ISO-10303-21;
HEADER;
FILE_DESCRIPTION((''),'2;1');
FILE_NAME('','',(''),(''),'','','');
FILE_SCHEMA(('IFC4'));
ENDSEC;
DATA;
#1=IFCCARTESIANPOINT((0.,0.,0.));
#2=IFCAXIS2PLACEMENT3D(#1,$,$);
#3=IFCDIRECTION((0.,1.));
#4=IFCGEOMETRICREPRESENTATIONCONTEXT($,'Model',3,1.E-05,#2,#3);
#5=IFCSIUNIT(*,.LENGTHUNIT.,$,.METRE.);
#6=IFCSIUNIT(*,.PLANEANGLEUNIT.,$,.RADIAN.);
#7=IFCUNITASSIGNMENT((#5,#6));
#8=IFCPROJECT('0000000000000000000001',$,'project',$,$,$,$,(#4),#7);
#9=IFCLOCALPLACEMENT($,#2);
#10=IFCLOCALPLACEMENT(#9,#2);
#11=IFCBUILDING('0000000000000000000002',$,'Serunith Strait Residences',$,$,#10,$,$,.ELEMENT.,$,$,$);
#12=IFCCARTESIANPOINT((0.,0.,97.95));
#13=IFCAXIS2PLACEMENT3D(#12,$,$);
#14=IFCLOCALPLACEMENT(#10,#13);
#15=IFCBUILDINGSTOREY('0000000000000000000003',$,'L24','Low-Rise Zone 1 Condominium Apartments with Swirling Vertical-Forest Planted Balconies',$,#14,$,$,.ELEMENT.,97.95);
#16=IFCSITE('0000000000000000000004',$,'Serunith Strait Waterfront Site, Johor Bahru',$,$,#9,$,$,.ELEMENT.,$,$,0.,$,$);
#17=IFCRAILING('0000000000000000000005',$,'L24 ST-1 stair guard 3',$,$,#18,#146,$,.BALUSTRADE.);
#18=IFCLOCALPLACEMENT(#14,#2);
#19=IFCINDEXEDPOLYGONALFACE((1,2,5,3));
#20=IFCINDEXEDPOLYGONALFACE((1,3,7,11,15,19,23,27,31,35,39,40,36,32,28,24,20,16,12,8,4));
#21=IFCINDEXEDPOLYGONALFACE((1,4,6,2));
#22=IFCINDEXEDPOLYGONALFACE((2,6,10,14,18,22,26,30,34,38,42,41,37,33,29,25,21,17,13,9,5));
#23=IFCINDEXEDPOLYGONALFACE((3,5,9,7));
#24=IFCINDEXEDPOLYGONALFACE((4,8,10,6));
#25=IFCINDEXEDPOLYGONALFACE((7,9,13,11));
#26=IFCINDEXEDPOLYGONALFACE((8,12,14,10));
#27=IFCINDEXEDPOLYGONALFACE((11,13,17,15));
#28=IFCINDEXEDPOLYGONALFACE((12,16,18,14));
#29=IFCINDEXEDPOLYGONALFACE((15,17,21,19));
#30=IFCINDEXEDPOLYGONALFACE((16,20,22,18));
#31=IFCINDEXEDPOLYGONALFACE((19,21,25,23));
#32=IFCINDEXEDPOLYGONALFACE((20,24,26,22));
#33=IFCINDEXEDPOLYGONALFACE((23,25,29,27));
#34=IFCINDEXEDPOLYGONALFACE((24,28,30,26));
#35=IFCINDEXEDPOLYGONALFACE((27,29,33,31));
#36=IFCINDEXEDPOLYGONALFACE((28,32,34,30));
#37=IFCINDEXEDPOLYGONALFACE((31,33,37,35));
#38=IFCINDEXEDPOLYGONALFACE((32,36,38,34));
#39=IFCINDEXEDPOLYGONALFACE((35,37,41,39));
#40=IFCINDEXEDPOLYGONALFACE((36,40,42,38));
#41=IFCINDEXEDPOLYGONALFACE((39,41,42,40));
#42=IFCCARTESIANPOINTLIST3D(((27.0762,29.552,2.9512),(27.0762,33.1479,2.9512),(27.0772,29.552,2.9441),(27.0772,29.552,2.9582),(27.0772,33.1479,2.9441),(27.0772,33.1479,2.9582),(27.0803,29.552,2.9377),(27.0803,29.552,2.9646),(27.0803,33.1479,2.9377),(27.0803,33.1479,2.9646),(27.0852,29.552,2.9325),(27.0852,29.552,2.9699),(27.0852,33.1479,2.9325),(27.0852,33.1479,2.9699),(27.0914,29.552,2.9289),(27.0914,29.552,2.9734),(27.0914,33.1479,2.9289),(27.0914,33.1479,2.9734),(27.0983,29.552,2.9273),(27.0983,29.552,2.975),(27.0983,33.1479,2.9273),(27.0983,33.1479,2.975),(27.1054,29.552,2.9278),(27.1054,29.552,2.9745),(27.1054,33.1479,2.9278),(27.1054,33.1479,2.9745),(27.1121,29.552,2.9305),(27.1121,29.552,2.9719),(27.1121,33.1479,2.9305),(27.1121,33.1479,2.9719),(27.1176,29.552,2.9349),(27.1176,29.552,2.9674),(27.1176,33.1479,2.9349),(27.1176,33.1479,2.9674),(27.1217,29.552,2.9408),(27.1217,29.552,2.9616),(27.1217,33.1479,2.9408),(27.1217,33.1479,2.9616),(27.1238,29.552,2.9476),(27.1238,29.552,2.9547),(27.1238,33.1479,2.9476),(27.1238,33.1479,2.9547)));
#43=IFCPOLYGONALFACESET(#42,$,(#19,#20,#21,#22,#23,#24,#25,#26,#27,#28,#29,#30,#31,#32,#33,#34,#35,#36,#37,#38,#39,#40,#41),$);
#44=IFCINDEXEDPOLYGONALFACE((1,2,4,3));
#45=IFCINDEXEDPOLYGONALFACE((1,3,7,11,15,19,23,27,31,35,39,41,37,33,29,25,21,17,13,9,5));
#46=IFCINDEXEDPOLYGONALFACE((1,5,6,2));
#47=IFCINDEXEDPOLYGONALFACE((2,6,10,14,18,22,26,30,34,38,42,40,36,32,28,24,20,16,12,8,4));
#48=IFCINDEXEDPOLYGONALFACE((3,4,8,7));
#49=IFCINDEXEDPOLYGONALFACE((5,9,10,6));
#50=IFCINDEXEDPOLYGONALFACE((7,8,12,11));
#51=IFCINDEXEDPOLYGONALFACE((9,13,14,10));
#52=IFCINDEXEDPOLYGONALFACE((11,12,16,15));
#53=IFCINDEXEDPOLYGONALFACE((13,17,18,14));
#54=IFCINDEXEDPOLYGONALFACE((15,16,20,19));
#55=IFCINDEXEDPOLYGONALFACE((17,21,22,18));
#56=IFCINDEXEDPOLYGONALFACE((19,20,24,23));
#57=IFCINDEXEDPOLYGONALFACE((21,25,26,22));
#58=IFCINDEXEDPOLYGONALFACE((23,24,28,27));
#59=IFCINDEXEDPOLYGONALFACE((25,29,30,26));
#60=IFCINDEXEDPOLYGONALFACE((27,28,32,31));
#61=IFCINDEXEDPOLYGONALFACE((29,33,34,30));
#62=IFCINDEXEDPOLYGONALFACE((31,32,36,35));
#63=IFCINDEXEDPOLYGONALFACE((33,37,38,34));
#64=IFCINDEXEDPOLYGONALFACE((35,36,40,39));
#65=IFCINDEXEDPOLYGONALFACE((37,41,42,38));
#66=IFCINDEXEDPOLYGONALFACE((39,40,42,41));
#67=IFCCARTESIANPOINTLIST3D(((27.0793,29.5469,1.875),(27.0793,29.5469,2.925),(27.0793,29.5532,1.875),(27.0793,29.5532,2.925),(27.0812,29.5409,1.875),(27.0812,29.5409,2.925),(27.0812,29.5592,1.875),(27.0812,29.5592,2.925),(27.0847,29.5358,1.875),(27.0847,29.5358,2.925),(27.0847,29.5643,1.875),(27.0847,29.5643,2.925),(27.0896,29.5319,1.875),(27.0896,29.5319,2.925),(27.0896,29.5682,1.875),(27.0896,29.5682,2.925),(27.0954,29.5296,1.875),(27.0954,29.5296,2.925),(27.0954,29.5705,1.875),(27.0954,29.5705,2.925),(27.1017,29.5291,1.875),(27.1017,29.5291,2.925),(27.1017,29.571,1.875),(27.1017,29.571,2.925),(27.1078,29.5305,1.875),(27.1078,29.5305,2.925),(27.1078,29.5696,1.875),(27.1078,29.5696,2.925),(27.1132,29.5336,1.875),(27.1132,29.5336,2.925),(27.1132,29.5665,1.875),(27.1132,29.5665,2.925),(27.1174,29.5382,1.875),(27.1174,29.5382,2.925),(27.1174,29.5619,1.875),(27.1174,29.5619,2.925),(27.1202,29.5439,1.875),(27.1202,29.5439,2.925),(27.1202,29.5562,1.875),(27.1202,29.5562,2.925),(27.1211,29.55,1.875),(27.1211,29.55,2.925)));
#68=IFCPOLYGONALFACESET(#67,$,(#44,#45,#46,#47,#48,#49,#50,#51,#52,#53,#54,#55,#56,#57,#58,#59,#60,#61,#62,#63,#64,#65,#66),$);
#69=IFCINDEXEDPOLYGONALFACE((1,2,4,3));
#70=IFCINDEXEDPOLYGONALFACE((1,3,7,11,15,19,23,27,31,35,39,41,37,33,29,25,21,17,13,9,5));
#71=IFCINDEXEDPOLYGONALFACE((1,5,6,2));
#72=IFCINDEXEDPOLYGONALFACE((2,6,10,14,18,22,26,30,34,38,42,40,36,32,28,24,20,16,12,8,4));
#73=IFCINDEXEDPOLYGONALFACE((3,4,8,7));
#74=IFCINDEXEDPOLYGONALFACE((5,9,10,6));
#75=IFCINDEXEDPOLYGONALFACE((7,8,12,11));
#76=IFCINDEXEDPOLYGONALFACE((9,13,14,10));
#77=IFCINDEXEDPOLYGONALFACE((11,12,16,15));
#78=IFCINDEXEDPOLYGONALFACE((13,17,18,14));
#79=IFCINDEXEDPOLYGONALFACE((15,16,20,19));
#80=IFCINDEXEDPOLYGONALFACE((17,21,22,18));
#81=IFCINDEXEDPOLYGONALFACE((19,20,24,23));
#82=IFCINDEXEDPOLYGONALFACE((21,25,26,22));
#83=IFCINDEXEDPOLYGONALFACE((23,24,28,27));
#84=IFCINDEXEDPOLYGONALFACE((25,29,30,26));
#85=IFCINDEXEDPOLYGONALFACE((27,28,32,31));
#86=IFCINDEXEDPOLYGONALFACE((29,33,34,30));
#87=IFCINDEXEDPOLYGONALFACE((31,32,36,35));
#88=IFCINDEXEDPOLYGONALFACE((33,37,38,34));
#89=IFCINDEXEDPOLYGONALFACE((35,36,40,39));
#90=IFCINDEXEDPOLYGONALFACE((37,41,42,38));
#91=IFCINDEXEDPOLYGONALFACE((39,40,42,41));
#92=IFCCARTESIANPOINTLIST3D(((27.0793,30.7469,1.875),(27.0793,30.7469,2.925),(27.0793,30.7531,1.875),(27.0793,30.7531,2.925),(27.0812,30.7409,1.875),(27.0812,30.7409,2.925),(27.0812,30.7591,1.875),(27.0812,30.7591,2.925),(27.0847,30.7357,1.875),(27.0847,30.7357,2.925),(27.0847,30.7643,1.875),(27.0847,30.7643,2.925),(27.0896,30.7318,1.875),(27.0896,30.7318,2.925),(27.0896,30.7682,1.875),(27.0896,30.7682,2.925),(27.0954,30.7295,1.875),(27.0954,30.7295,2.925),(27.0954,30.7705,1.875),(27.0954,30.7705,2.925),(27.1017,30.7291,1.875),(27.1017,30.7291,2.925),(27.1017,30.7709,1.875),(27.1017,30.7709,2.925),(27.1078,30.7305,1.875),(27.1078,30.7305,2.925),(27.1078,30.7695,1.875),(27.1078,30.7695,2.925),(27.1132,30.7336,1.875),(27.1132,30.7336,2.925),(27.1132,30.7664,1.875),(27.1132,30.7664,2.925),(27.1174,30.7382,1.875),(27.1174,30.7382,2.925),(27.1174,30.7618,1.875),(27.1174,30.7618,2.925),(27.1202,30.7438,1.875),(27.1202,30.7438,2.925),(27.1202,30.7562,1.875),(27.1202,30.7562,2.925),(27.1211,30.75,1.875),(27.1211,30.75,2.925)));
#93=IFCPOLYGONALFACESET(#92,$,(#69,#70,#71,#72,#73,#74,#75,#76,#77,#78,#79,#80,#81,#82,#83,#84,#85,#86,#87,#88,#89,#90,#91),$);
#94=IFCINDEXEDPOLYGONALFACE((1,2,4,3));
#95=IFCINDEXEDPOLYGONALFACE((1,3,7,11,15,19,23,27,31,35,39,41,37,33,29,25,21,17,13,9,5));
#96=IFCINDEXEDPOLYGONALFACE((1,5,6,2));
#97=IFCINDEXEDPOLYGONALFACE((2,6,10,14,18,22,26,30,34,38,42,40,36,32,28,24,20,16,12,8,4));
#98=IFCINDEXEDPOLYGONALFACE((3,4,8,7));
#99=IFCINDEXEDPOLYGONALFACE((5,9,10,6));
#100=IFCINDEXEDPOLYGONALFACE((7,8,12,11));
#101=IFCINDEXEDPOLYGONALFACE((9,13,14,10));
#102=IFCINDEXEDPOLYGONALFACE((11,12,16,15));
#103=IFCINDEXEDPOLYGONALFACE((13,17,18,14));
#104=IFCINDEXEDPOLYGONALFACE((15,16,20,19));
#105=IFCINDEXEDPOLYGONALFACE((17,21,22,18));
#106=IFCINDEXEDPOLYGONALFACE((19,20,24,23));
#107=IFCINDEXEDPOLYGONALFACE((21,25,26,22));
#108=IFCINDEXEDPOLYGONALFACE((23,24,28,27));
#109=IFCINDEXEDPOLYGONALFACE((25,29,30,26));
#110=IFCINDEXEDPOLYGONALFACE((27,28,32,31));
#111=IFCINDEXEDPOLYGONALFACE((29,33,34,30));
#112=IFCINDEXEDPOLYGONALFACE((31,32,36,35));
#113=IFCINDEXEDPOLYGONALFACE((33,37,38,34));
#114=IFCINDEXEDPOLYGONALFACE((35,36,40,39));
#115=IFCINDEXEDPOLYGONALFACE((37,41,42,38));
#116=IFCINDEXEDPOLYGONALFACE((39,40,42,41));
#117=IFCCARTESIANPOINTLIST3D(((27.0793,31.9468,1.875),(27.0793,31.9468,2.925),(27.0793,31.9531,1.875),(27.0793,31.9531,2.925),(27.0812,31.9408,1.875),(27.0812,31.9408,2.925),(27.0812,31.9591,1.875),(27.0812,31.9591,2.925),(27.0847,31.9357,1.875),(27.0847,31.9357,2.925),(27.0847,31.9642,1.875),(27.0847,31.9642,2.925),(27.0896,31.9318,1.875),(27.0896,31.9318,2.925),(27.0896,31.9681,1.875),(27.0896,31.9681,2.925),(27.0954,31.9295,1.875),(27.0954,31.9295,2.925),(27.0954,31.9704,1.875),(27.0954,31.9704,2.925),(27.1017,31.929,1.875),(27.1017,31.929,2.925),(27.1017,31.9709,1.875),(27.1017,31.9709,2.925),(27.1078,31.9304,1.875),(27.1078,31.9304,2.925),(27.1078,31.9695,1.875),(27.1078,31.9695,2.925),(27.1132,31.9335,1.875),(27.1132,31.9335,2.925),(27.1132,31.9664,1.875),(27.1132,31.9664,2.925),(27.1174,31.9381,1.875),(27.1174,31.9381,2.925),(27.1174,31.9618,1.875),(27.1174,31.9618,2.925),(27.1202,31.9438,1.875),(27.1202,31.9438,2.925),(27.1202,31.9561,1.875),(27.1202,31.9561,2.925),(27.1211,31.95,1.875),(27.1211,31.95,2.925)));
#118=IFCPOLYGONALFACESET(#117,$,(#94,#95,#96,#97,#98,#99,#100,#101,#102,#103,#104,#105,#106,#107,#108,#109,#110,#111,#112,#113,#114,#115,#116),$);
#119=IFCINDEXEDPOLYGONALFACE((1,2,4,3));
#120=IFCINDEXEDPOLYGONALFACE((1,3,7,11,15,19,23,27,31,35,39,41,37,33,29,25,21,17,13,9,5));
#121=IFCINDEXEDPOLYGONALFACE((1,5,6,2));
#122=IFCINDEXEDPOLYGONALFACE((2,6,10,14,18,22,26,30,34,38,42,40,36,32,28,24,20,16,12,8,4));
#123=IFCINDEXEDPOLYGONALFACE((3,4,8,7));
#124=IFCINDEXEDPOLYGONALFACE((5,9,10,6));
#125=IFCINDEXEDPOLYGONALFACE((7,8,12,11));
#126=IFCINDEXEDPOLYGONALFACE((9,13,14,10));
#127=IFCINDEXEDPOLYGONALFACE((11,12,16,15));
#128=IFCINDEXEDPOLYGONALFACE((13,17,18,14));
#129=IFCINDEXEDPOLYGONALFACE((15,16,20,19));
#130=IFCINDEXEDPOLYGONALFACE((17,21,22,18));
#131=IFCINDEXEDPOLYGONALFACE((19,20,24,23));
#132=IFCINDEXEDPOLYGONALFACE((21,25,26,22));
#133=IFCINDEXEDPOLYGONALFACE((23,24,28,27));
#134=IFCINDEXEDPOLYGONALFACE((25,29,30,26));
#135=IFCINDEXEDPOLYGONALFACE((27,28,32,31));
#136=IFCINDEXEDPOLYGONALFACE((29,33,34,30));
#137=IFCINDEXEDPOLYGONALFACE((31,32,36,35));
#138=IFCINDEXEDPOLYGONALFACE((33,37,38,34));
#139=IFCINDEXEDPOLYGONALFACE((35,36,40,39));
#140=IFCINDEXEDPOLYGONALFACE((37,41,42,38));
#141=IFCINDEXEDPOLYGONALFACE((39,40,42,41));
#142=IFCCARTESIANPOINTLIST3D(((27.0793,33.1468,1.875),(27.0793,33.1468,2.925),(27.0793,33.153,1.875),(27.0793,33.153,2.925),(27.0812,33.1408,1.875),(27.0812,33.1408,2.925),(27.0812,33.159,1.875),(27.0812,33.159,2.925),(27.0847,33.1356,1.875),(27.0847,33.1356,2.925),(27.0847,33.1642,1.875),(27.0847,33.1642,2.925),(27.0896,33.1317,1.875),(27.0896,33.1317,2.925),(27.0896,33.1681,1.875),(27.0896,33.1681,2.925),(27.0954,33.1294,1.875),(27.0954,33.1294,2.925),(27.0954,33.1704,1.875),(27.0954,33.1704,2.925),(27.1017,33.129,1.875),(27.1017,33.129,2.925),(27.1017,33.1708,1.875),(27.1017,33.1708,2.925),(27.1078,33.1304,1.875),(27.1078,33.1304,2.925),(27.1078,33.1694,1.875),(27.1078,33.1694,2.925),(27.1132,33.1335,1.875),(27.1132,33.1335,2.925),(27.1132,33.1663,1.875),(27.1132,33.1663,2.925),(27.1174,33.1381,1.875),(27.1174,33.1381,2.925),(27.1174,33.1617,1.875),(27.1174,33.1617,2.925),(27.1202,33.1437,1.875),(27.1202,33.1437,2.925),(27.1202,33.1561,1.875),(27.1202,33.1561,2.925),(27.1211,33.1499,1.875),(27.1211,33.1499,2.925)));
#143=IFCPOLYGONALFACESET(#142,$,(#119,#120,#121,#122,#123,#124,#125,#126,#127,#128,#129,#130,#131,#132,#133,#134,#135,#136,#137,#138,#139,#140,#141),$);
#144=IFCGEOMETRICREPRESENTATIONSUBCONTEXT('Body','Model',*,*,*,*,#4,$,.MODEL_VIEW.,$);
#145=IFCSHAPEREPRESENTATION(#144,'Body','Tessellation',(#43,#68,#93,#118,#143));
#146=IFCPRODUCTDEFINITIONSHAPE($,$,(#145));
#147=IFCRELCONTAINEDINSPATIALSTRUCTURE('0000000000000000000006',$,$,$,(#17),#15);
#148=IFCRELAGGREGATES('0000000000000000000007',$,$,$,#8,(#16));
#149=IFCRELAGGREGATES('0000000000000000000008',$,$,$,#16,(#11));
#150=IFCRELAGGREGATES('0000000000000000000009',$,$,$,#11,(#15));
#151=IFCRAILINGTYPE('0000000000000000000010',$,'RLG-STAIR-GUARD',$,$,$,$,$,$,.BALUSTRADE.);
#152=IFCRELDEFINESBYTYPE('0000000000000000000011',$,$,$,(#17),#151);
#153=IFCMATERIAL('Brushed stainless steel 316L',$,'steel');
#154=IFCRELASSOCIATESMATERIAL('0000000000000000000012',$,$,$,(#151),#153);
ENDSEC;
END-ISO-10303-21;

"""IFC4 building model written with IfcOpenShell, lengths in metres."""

from ifc_helpers import new_model, si_unit, direction, frame, origin, origin_2d, place, context, subcontext, project, spatial, circle, extrude, material, type_object, element, save


model = new_model("IFC4")

# Units and contexts
model_context = context("Model", 3, precision=1e-05, world=origin(), true_north=direction((0.0, 1.0)))
body_context = subcontext(model_context, "Body", "Model", "MODEL_VIEW")
ifc_project = project(units=[si_unit("LENGTHUNIT", "METRE"), si_unit("PLANEANGLEUNIT", "RADIAN")], contexts=[model_context])

# Site, building, storey
site_placement = place(None, origin())
site = spatial("IfcSite", under=ifc_project, at=site_placement, Name="Serunith Strait Waterfront Site, Johor Bahru", CompositionType="ELEMENT", RefElevation=0.0)
building_placement = place(site_placement, origin())
building = spatial("IfcBuilding", under=site, at=building_placement, Name="Serunith Strait Residences", CompositionType="ELEMENT")
storey_placement = place(building_placement, frame((0.0, 0.0, 97.95)))
storey = spatial("IfcBuildingStorey", under=building, at=storey_placement, Name="L24", Description="Low-Rise Zone 1 Condominium Apartments with Swirling Vertical-Forest Planted Balconies", CompositionType="ELEMENT", Elevation=97.95)

# Railing
ifc_material_1 = material(Name="Brushed stainless steel 316L", Category="steel")
railing_type_1 = type_object("IfcRailingType", Name="RLG-STAIR-GUARD", PredefinedType="BALUSTRADE", material=ifc_material_1)
for number, where, name in (
    (1, (27.1001, 29.55, 1.875), "L24 ST-1 stair guard 3"),
):
    element("IfcRailing", number, at=place(storey_placement, frame(where)), inside=storey, type_object=railing_type_1, Name=name, PredefinedType="BALUSTRADE", context=body_context, shape_type="SweptSolid", body=[
        extrude(circle(Radius=0.0239, at=origin_2d()), frame((0.0, 0.002, 1.0762), z_axis=(0.0, 1.0, 0.0), x_axis=(-1.0, 0.0, 0.0)), (0.0, 0.0, 1.0), 3.5959),
        extrude(circle(Radius=0.021, at=origin_2d()), origin(), (0.0, 0.0, 1.0), 1.05),
        extrude(circle(Radius=0.021, at=origin_2d()), frame((0.0, 1.2, 0.0)), (0.0, 0.0, 1.0), 1.05),
        extrude(circle(Radius=0.021, at=origin_2d()), frame((0.0, 2.3999, 0.0)), (0.0, 0.0, 1.0), 1.05),
        extrude(circle(Radius=0.021, at=origin_2d()), frame((0.0, 3.5999, 0.0)), (0.0, 0.0, 1.0), 1.05),
    ])

save(model, "model.ifc")
